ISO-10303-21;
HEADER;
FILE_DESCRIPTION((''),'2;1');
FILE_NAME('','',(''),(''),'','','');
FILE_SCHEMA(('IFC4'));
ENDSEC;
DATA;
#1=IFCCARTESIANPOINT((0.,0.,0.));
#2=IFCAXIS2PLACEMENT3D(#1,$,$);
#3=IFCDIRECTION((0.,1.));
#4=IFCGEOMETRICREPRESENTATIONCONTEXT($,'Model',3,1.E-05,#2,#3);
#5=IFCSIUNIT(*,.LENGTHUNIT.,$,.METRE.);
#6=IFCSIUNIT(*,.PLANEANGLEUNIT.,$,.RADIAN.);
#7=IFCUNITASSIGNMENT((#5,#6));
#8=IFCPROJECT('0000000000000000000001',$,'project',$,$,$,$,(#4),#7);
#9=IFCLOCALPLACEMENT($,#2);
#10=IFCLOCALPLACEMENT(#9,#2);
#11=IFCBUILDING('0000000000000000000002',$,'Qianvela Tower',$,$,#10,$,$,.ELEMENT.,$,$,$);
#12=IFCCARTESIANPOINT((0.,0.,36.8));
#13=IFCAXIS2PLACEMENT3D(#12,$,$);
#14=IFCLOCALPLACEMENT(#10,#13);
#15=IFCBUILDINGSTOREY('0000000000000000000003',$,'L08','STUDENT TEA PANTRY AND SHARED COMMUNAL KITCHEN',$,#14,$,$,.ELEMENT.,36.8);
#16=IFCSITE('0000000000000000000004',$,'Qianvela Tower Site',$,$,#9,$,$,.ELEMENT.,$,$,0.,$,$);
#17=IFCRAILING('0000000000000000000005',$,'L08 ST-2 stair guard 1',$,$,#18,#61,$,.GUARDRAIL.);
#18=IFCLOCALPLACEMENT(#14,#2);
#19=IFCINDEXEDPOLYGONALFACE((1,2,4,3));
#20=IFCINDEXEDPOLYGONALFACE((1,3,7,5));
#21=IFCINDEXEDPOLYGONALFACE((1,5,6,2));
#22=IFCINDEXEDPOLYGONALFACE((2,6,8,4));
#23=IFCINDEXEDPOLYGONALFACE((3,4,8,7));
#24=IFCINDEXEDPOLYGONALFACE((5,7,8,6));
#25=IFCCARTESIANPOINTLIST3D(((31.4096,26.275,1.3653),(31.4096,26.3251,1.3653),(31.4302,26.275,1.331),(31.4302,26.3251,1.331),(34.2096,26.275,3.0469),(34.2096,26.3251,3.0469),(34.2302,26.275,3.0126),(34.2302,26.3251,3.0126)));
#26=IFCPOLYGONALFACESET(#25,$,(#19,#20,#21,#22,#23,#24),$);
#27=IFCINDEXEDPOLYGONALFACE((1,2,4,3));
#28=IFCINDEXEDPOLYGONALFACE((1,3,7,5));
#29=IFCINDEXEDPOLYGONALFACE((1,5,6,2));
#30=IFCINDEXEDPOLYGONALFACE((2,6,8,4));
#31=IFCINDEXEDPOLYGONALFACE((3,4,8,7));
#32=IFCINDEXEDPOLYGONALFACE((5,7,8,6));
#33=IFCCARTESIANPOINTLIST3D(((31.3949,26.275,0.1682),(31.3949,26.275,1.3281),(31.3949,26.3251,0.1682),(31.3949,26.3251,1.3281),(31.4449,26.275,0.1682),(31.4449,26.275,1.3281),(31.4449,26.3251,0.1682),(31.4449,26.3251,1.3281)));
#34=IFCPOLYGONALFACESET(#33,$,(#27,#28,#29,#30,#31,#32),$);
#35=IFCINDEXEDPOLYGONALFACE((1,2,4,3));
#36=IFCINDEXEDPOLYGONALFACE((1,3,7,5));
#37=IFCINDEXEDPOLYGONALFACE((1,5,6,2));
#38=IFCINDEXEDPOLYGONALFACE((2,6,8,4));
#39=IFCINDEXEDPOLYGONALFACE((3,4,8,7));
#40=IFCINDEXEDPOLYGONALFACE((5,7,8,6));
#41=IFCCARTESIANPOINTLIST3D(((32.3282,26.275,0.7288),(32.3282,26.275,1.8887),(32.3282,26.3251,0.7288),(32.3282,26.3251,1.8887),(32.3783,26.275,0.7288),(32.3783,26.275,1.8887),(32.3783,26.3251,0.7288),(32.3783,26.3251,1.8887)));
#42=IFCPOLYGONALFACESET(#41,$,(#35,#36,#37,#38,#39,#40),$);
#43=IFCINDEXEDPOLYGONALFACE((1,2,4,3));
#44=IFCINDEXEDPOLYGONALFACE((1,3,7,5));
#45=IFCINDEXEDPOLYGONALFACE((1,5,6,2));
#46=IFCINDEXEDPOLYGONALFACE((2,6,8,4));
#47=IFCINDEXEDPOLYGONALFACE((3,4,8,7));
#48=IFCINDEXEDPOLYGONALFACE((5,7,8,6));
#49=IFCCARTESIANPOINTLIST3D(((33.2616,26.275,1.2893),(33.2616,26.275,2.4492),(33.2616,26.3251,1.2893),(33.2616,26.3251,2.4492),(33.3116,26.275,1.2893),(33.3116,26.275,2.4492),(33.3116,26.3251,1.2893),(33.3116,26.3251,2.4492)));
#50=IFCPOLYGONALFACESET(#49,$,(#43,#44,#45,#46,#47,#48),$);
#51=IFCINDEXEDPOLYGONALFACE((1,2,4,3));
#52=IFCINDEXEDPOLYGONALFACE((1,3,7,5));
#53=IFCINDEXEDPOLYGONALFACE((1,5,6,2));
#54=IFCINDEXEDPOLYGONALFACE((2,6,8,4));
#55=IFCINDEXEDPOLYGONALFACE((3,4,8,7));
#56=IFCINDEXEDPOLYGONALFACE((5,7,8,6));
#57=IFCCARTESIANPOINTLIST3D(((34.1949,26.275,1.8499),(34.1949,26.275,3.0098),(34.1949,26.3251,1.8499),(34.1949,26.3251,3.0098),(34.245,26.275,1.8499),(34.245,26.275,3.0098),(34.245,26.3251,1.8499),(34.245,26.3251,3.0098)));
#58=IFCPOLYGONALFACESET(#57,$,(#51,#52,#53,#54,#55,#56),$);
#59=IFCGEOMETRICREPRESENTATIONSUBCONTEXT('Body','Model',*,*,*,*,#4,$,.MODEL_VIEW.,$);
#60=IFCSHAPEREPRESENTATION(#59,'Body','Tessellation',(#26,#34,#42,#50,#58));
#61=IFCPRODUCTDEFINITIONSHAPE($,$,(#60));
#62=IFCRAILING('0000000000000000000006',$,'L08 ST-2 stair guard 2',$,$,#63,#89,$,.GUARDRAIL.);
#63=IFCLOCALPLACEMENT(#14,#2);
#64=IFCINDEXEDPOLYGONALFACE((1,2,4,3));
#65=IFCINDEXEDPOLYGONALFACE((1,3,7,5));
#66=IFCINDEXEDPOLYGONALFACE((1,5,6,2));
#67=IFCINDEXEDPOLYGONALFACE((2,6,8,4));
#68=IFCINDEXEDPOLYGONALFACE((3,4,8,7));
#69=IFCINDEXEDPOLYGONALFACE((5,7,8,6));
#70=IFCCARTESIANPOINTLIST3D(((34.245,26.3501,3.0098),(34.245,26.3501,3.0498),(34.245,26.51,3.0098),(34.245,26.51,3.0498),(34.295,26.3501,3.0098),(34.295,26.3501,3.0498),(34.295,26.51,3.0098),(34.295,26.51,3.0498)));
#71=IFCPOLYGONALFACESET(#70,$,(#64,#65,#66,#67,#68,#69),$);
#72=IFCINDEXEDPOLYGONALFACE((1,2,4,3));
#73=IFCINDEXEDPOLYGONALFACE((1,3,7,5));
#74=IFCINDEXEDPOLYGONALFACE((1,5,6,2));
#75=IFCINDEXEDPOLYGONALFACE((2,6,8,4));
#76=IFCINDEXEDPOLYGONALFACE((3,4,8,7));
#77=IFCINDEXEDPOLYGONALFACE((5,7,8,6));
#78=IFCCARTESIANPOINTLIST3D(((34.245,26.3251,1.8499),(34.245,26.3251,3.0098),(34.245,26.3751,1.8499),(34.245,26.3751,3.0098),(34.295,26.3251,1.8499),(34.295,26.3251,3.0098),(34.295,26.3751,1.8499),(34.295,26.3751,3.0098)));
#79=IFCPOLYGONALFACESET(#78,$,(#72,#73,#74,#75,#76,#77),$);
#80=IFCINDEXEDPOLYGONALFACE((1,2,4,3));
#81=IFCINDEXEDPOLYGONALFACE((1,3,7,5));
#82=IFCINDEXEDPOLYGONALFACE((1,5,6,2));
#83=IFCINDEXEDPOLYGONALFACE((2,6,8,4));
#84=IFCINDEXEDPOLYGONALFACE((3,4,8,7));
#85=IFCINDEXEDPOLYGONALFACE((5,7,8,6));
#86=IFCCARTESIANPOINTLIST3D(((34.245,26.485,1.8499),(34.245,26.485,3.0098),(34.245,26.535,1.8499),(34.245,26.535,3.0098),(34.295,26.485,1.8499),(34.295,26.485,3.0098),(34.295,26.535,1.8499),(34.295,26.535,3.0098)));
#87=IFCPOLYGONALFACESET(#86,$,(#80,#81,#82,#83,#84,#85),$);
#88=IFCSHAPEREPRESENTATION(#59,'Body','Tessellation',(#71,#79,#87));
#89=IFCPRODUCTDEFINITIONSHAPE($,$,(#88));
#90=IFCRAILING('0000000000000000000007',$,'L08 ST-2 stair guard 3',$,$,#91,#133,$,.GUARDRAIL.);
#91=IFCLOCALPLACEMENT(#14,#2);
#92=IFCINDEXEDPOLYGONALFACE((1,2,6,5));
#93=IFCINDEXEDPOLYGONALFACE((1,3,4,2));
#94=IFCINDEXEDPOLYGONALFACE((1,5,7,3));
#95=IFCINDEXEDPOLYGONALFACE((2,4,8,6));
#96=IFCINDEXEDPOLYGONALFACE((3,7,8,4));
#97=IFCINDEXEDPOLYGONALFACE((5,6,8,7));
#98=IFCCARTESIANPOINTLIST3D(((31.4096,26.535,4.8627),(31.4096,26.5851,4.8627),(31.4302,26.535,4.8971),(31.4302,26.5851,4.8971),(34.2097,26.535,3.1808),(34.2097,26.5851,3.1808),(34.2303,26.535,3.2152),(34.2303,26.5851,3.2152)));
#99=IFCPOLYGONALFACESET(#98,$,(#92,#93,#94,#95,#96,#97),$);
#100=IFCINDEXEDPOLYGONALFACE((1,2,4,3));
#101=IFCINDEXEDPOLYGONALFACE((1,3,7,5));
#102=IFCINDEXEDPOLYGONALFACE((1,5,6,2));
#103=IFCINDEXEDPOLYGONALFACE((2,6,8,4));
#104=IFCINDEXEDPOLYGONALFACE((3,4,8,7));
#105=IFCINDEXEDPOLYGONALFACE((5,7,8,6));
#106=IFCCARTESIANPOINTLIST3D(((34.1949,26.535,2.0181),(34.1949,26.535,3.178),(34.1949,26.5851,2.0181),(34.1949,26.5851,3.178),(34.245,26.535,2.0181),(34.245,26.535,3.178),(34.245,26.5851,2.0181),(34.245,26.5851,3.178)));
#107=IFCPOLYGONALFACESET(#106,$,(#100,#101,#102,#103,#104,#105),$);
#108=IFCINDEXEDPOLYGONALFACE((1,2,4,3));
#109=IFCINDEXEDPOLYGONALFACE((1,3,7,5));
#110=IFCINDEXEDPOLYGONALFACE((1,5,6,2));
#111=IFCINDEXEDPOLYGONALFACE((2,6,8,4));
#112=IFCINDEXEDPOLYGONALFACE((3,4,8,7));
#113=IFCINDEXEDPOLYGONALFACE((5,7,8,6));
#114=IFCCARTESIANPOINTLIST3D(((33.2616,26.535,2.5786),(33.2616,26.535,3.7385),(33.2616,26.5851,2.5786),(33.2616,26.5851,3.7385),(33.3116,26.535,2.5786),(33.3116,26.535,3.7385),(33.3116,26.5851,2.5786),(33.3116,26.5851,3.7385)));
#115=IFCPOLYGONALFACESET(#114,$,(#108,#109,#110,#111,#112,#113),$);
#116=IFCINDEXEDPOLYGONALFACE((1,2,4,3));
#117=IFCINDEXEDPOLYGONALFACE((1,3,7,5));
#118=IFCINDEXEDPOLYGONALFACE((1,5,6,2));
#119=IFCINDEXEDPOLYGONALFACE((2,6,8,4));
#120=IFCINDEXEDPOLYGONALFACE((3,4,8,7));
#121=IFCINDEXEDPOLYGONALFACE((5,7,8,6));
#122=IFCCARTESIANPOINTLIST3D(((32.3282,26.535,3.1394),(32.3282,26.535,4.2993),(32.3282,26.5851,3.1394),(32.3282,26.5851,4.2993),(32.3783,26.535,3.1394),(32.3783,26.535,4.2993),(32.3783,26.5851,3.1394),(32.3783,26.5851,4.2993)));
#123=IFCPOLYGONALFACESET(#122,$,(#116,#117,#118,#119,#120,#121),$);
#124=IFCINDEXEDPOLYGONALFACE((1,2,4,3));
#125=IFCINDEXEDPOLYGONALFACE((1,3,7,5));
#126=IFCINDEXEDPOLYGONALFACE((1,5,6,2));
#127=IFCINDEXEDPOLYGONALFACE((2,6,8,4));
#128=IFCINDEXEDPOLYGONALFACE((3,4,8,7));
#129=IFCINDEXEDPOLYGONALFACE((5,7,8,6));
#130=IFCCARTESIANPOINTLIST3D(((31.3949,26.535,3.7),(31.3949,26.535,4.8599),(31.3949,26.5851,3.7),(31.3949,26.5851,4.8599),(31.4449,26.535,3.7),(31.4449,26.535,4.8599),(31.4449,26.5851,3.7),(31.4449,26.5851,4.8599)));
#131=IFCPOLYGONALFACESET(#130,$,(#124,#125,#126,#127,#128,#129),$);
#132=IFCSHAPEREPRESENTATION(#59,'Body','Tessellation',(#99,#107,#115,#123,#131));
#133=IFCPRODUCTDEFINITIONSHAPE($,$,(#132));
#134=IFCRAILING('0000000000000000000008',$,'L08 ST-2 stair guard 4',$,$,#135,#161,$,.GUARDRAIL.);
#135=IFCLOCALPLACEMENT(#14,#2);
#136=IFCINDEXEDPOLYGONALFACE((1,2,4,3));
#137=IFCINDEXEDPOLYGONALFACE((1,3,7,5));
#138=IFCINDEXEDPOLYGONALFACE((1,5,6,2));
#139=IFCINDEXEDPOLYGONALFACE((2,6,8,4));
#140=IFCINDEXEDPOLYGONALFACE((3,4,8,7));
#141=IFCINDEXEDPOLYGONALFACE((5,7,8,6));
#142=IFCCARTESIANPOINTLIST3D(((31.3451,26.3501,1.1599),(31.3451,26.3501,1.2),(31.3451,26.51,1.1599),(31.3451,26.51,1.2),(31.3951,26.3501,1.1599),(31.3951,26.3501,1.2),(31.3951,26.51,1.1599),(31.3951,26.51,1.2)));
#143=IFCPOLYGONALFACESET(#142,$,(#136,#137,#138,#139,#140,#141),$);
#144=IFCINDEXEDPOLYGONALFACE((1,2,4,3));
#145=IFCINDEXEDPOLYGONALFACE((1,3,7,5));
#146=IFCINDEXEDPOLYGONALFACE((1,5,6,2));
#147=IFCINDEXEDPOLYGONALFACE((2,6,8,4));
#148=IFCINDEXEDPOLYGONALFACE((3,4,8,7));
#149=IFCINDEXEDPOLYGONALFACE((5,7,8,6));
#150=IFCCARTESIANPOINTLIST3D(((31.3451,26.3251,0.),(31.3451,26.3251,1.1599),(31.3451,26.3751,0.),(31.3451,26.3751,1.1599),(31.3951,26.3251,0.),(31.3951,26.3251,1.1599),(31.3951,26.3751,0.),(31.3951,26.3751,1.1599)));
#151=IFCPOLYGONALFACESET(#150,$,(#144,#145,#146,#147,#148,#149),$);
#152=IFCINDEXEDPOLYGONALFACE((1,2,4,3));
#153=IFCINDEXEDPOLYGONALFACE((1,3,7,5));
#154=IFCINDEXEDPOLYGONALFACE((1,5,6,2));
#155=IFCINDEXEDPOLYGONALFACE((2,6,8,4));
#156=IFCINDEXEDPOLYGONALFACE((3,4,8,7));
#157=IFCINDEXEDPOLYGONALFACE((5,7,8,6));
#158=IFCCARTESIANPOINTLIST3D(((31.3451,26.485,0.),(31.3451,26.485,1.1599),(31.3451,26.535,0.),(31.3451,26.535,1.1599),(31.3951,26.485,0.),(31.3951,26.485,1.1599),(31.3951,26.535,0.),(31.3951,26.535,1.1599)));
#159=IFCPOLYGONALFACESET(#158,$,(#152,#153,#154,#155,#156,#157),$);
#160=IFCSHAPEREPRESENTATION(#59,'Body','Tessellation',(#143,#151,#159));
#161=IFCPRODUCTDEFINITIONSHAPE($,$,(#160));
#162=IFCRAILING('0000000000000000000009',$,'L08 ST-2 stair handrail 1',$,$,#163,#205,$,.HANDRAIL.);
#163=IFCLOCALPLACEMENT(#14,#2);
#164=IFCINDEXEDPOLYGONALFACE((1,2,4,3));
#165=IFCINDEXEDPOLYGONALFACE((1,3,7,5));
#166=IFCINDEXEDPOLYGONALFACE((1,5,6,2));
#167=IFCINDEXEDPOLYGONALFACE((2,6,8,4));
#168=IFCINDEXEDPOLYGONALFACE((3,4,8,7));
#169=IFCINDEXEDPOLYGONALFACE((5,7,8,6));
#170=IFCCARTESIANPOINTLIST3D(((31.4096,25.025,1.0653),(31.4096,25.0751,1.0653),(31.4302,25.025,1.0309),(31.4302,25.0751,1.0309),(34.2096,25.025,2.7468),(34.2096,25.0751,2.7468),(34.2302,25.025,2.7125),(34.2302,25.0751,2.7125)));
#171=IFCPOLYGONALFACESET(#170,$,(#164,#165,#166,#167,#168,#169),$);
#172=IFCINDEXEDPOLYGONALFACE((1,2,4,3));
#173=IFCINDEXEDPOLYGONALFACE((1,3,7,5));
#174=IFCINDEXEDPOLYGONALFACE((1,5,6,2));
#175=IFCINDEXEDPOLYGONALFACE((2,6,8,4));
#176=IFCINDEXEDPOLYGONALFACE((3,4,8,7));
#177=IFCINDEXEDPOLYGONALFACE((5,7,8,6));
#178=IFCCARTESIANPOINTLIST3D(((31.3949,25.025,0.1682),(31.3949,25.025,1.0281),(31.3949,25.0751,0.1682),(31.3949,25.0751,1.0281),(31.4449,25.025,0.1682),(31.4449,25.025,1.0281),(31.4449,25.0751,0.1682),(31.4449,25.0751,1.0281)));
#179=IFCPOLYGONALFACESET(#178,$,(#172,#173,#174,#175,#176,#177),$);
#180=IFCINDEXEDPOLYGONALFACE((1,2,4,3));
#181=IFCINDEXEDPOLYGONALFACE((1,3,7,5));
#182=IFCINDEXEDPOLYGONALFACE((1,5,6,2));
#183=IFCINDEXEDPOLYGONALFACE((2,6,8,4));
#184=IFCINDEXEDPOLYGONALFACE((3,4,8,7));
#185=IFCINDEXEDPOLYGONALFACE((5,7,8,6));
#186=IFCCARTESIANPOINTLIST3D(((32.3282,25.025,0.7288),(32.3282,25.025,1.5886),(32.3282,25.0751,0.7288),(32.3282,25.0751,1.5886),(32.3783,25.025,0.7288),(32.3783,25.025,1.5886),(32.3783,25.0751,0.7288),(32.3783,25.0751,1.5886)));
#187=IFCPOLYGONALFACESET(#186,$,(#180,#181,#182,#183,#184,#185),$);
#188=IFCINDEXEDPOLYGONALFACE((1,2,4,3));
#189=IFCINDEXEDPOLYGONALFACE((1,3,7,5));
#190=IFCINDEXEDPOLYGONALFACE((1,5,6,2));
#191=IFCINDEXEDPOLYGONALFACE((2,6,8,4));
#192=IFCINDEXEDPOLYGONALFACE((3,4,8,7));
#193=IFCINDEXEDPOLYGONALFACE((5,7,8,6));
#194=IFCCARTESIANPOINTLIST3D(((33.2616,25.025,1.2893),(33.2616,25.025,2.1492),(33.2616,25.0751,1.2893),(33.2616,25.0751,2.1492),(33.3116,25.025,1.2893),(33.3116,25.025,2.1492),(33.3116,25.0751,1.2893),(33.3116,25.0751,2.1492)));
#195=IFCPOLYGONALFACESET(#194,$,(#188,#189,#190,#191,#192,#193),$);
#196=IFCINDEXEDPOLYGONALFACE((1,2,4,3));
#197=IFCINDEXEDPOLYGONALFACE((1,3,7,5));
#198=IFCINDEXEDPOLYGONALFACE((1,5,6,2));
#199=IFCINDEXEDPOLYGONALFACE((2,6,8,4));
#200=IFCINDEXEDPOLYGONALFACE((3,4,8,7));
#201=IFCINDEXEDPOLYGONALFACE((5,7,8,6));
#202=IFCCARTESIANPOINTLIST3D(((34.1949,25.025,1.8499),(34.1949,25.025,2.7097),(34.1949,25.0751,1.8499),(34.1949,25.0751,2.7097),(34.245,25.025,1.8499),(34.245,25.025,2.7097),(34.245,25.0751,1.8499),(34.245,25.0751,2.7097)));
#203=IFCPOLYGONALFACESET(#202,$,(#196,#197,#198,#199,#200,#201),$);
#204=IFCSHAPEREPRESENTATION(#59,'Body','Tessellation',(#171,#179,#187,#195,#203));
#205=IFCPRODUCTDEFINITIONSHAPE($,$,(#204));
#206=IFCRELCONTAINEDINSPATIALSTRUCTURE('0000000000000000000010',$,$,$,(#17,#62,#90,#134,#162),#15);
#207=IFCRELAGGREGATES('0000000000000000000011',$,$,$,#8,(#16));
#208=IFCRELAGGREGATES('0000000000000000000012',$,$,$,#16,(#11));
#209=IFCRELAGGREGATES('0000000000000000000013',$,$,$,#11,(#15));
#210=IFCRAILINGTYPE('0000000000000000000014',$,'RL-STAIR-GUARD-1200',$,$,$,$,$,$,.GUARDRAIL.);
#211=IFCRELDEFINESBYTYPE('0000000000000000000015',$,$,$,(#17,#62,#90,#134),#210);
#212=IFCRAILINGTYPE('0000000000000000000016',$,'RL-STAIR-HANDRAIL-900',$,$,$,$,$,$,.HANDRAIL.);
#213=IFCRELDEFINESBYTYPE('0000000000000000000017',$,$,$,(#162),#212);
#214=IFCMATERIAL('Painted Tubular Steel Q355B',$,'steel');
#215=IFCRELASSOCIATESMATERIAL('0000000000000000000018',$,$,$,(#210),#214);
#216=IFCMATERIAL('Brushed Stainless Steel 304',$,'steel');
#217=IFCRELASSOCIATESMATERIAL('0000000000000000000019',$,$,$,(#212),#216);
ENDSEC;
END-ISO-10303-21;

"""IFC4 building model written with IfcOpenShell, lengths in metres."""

from ifc_helpers import new_model, si_unit, direction, frame, origin, origin_2d, place, context, subcontext, project, spatial, rectangle, extrude, material, type_object, element, save


model = new_model("IFC4")

# Units and contexts
model_context = context("Model", 3, precision=1e-05, world=origin(), true_north=direction((0.0, 1.0)))
body_context = subcontext(model_context, "Body", "Model", "MODEL_VIEW")
ifc_project = project(units=[si_unit("LENGTHUNIT", "METRE"), si_unit("PLANEANGLEUNIT", "RADIAN")], contexts=[model_context])

# Site, building, storey
site_placement = place(None, origin())
site = spatial("IfcSite", under=ifc_project, at=site_placement, Name="Qianvela Tower Site", CompositionType="ELEMENT", RefElevation=0.0)
building_placement = place(site_placement, origin())
building = spatial("IfcBuilding", under=site, at=building_placement, Name="Qianvela Tower", CompositionType="ELEMENT")
storey_placement = place(building_placement, frame((0.0, 0.0, 36.8)))
storey = spatial("IfcBuildingStorey", under=building, at=storey_placement, Name="L08", Description="STUDENT TEA PANTRY AND SHARED COMMUNAL KITCHEN", CompositionType="ELEMENT", Elevation=36.8)

# Railings
ifc_material_1 = material(Name="Painted Tubular Steel Q355B", Category="steel")
railing_type_1 = type_object("IfcRailingType", Name="RL-STAIR-GUARD-1200", PredefinedType="GUARDRAIL", material=ifc_material_1)
railing_1_placement = place(storey_placement, frame((31.4199, 26.3, 0.1682)))
element("IfcRailing", 1, at=railing_1_placement, inside=storey, type_object=railing_type_1, Name="L08 ST-2 stair guard 1", PredefinedType="GUARDRAIL", context=body_context, shape_type="SweptSolid", body=[
    extrude(rectangle(XDim=0.05, YDim=0.04, at=origin_2d()), frame((0.0, 0.0, 1.1799), z_axis=(0.857275, 0.0, 0.514858), x_axis=(0.0, 1.0, 0.0)), (0.0, 0.0, 1.0), 3.2661),
    extrude(rectangle(XDim=0.05, YDim=0.05, at=origin_2d()), origin(), (0.0, 0.0, 1.0), 1.1599),
    extrude(rectangle(XDim=0.05, YDim=0.05, at=origin_2d()), frame((0.9333, 0.0, 0.5605)), (0.0, 0.0, 1.0), 1.1599),
    extrude(rectangle(XDim=0.05, YDim=0.05, at=origin_2d()), frame((1.8667, 0.0, 1.1211)), (0.0, 0.0, 1.0), 1.1599),
    extrude(rectangle(XDim=0.05, YDim=0.05, at=origin_2d()), frame((2.8, 0.0, 1.6816)), (0.0, 0.0, 1.0), 1.1599),
])
railing_2_placement = place(storey_placement, frame((34.27, 26.3501, 1.8499)))
element("IfcRailing", 2, at=railing_2_placement, inside=storey, type_object=railing_type_1, Name="L08 ST-2 stair guard 2", PredefinedType="GUARDRAIL", context=body_context, shape_type="SweptSolid", body=[
    extrude(rectangle(XDim=0.05, YDim=0.04, at=origin_2d()), frame((0.0, 0.0, 1.1799), z_axis=(0.0, 1.0, 0.0), x_axis=(-1.0, 0.0, 0.0)), (0.0, 0.0, 1.0), 0.1599),
    extrude(rectangle(XDim=0.05, YDim=0.05, at=origin_2d()), origin(), (0.0, 0.0, 1.0), 1.1599),
    extrude(rectangle(XDim=0.05, YDim=0.05, at=origin_2d()), frame((0.0, 0.1599, 0.0)), (0.0, 0.0, 1.0), 1.1599),
])
railing_3_placement = place(storey_placement, frame((34.22, 26.5601, 2.0181)))
element("IfcRailing", 3, at=railing_3_placement, inside=storey, type_object=railing_type_1, Name="L08 ST-2 stair guard 3", PredefinedType="GUARDRAIL", context=body_context, shape_type="SweptSolid", body=[
    extrude(rectangle(XDim=0.05, YDim=0.04, at=origin_2d()), frame((0.0, 0.0, 1.1799), z_axis=(-0.857242, 0.0, 0.514913), x_axis=(0.0, -1.0, 0.0)), (0.0, 0.0, 1.0), 3.2664),
    extrude(rectangle(XDim=0.05, YDim=0.05, at=origin_2d()), origin(), (0.0, 0.0, 1.0), 1.1599),
    extrude(rectangle(XDim=0.05, YDim=0.05, at=origin_2d()), frame((-0.9333, 0.0, 0.5605)), (0.0, 0.0, 1.0), 1.1599),
    extrude(rectangle(XDim=0.05, YDim=0.05, at=origin_2d()), frame((-1.8667, 0.0, 1.1213)), (0.0, 0.0, 1.0), 1.1599),
    extrude(rectangle(XDim=0.05, YDim=0.05, at=origin_2d()), frame((-2.8, 0.0, 1.6819)), (0.0, 0.0, 1.0), 1.1599),
])
railing_4_placement = place(storey_placement, frame((31.3701, 26.3501, 0.0)))
element("IfcRailing", 4, at=railing_4_placement, inside=storey, type_object=railing_type_1, Name="L08 ST-2 stair guard 4", PredefinedType="GUARDRAIL", context=body_context, shape_type="SweptSolid", body=[
    extrude(rectangle(XDim=0.05, YDim=0.04, at=origin_2d()), frame((0.0, 0.0, 1.1799), z_axis=(0.0, 1.0, 0.0), x_axis=(-1.0, 0.0, 0.0)), (0.0, 0.0, 1.0), 0.1599),
    extrude(rectangle(XDim=0.05, YDim=0.05, at=origin_2d()), origin(), (0.0, 0.0, 1.0), 1.1599),
    extrude(rectangle(XDim=0.05, YDim=0.05, at=origin_2d()), frame((0.0, 0.1599, 0.0)), (0.0, 0.0, 1.0), 1.1599),
])
ifc_material_2 = material(Name="Brushed Stainless Steel 304", Category="steel")
railing_type_2 = type_object("IfcRailingType", Name="RL-STAIR-HANDRAIL-900", PredefinedType="HANDRAIL", material=ifc_material_2)
railing_5_placement = place(storey_placement, frame((31.4199, 25.05, 0.1682)))
element("IfcRailing", 5, at=railing_5_placement, inside=storey, type_object=railing_type_2, Name="L08 ST-2 stair handrail 1", PredefinedType="HANDRAIL", context=body_context, shape_type="SweptSolid", body=[
    extrude(rectangle(XDim=0.05, YDim=0.04, at=origin_2d()), frame((0.0, 0.0, 0.8799), z_axis=(0.857275, 0.0, 0.514858), x_axis=(0.0, 1.0, 0.0)), (0.0, 0.0, 1.0), 3.2661),
    extrude(rectangle(XDim=0.05, YDim=0.05, at=origin_2d()), origin(), (0.0, 0.0, 1.0), 0.8599),
    extrude(rectangle(XDim=0.05, YDim=0.05, at=origin_2d()), frame((0.9333, 0.0, 0.5605)), (0.0, 0.0, 1.0), 0.8599),
    extrude(rectangle(XDim=0.05, YDim=0.05, at=origin_2d()), frame((1.8667, 0.0, 1.1211)), (0.0, 0.0, 1.0), 0.8599),
    extrude(rectangle(XDim=0.05, YDim=0.05, at=origin_2d()), frame((2.8, 0.0, 1.6816)), (0.0, 0.0, 1.0), 0.8599),
])

save(model, "model.ifc")
